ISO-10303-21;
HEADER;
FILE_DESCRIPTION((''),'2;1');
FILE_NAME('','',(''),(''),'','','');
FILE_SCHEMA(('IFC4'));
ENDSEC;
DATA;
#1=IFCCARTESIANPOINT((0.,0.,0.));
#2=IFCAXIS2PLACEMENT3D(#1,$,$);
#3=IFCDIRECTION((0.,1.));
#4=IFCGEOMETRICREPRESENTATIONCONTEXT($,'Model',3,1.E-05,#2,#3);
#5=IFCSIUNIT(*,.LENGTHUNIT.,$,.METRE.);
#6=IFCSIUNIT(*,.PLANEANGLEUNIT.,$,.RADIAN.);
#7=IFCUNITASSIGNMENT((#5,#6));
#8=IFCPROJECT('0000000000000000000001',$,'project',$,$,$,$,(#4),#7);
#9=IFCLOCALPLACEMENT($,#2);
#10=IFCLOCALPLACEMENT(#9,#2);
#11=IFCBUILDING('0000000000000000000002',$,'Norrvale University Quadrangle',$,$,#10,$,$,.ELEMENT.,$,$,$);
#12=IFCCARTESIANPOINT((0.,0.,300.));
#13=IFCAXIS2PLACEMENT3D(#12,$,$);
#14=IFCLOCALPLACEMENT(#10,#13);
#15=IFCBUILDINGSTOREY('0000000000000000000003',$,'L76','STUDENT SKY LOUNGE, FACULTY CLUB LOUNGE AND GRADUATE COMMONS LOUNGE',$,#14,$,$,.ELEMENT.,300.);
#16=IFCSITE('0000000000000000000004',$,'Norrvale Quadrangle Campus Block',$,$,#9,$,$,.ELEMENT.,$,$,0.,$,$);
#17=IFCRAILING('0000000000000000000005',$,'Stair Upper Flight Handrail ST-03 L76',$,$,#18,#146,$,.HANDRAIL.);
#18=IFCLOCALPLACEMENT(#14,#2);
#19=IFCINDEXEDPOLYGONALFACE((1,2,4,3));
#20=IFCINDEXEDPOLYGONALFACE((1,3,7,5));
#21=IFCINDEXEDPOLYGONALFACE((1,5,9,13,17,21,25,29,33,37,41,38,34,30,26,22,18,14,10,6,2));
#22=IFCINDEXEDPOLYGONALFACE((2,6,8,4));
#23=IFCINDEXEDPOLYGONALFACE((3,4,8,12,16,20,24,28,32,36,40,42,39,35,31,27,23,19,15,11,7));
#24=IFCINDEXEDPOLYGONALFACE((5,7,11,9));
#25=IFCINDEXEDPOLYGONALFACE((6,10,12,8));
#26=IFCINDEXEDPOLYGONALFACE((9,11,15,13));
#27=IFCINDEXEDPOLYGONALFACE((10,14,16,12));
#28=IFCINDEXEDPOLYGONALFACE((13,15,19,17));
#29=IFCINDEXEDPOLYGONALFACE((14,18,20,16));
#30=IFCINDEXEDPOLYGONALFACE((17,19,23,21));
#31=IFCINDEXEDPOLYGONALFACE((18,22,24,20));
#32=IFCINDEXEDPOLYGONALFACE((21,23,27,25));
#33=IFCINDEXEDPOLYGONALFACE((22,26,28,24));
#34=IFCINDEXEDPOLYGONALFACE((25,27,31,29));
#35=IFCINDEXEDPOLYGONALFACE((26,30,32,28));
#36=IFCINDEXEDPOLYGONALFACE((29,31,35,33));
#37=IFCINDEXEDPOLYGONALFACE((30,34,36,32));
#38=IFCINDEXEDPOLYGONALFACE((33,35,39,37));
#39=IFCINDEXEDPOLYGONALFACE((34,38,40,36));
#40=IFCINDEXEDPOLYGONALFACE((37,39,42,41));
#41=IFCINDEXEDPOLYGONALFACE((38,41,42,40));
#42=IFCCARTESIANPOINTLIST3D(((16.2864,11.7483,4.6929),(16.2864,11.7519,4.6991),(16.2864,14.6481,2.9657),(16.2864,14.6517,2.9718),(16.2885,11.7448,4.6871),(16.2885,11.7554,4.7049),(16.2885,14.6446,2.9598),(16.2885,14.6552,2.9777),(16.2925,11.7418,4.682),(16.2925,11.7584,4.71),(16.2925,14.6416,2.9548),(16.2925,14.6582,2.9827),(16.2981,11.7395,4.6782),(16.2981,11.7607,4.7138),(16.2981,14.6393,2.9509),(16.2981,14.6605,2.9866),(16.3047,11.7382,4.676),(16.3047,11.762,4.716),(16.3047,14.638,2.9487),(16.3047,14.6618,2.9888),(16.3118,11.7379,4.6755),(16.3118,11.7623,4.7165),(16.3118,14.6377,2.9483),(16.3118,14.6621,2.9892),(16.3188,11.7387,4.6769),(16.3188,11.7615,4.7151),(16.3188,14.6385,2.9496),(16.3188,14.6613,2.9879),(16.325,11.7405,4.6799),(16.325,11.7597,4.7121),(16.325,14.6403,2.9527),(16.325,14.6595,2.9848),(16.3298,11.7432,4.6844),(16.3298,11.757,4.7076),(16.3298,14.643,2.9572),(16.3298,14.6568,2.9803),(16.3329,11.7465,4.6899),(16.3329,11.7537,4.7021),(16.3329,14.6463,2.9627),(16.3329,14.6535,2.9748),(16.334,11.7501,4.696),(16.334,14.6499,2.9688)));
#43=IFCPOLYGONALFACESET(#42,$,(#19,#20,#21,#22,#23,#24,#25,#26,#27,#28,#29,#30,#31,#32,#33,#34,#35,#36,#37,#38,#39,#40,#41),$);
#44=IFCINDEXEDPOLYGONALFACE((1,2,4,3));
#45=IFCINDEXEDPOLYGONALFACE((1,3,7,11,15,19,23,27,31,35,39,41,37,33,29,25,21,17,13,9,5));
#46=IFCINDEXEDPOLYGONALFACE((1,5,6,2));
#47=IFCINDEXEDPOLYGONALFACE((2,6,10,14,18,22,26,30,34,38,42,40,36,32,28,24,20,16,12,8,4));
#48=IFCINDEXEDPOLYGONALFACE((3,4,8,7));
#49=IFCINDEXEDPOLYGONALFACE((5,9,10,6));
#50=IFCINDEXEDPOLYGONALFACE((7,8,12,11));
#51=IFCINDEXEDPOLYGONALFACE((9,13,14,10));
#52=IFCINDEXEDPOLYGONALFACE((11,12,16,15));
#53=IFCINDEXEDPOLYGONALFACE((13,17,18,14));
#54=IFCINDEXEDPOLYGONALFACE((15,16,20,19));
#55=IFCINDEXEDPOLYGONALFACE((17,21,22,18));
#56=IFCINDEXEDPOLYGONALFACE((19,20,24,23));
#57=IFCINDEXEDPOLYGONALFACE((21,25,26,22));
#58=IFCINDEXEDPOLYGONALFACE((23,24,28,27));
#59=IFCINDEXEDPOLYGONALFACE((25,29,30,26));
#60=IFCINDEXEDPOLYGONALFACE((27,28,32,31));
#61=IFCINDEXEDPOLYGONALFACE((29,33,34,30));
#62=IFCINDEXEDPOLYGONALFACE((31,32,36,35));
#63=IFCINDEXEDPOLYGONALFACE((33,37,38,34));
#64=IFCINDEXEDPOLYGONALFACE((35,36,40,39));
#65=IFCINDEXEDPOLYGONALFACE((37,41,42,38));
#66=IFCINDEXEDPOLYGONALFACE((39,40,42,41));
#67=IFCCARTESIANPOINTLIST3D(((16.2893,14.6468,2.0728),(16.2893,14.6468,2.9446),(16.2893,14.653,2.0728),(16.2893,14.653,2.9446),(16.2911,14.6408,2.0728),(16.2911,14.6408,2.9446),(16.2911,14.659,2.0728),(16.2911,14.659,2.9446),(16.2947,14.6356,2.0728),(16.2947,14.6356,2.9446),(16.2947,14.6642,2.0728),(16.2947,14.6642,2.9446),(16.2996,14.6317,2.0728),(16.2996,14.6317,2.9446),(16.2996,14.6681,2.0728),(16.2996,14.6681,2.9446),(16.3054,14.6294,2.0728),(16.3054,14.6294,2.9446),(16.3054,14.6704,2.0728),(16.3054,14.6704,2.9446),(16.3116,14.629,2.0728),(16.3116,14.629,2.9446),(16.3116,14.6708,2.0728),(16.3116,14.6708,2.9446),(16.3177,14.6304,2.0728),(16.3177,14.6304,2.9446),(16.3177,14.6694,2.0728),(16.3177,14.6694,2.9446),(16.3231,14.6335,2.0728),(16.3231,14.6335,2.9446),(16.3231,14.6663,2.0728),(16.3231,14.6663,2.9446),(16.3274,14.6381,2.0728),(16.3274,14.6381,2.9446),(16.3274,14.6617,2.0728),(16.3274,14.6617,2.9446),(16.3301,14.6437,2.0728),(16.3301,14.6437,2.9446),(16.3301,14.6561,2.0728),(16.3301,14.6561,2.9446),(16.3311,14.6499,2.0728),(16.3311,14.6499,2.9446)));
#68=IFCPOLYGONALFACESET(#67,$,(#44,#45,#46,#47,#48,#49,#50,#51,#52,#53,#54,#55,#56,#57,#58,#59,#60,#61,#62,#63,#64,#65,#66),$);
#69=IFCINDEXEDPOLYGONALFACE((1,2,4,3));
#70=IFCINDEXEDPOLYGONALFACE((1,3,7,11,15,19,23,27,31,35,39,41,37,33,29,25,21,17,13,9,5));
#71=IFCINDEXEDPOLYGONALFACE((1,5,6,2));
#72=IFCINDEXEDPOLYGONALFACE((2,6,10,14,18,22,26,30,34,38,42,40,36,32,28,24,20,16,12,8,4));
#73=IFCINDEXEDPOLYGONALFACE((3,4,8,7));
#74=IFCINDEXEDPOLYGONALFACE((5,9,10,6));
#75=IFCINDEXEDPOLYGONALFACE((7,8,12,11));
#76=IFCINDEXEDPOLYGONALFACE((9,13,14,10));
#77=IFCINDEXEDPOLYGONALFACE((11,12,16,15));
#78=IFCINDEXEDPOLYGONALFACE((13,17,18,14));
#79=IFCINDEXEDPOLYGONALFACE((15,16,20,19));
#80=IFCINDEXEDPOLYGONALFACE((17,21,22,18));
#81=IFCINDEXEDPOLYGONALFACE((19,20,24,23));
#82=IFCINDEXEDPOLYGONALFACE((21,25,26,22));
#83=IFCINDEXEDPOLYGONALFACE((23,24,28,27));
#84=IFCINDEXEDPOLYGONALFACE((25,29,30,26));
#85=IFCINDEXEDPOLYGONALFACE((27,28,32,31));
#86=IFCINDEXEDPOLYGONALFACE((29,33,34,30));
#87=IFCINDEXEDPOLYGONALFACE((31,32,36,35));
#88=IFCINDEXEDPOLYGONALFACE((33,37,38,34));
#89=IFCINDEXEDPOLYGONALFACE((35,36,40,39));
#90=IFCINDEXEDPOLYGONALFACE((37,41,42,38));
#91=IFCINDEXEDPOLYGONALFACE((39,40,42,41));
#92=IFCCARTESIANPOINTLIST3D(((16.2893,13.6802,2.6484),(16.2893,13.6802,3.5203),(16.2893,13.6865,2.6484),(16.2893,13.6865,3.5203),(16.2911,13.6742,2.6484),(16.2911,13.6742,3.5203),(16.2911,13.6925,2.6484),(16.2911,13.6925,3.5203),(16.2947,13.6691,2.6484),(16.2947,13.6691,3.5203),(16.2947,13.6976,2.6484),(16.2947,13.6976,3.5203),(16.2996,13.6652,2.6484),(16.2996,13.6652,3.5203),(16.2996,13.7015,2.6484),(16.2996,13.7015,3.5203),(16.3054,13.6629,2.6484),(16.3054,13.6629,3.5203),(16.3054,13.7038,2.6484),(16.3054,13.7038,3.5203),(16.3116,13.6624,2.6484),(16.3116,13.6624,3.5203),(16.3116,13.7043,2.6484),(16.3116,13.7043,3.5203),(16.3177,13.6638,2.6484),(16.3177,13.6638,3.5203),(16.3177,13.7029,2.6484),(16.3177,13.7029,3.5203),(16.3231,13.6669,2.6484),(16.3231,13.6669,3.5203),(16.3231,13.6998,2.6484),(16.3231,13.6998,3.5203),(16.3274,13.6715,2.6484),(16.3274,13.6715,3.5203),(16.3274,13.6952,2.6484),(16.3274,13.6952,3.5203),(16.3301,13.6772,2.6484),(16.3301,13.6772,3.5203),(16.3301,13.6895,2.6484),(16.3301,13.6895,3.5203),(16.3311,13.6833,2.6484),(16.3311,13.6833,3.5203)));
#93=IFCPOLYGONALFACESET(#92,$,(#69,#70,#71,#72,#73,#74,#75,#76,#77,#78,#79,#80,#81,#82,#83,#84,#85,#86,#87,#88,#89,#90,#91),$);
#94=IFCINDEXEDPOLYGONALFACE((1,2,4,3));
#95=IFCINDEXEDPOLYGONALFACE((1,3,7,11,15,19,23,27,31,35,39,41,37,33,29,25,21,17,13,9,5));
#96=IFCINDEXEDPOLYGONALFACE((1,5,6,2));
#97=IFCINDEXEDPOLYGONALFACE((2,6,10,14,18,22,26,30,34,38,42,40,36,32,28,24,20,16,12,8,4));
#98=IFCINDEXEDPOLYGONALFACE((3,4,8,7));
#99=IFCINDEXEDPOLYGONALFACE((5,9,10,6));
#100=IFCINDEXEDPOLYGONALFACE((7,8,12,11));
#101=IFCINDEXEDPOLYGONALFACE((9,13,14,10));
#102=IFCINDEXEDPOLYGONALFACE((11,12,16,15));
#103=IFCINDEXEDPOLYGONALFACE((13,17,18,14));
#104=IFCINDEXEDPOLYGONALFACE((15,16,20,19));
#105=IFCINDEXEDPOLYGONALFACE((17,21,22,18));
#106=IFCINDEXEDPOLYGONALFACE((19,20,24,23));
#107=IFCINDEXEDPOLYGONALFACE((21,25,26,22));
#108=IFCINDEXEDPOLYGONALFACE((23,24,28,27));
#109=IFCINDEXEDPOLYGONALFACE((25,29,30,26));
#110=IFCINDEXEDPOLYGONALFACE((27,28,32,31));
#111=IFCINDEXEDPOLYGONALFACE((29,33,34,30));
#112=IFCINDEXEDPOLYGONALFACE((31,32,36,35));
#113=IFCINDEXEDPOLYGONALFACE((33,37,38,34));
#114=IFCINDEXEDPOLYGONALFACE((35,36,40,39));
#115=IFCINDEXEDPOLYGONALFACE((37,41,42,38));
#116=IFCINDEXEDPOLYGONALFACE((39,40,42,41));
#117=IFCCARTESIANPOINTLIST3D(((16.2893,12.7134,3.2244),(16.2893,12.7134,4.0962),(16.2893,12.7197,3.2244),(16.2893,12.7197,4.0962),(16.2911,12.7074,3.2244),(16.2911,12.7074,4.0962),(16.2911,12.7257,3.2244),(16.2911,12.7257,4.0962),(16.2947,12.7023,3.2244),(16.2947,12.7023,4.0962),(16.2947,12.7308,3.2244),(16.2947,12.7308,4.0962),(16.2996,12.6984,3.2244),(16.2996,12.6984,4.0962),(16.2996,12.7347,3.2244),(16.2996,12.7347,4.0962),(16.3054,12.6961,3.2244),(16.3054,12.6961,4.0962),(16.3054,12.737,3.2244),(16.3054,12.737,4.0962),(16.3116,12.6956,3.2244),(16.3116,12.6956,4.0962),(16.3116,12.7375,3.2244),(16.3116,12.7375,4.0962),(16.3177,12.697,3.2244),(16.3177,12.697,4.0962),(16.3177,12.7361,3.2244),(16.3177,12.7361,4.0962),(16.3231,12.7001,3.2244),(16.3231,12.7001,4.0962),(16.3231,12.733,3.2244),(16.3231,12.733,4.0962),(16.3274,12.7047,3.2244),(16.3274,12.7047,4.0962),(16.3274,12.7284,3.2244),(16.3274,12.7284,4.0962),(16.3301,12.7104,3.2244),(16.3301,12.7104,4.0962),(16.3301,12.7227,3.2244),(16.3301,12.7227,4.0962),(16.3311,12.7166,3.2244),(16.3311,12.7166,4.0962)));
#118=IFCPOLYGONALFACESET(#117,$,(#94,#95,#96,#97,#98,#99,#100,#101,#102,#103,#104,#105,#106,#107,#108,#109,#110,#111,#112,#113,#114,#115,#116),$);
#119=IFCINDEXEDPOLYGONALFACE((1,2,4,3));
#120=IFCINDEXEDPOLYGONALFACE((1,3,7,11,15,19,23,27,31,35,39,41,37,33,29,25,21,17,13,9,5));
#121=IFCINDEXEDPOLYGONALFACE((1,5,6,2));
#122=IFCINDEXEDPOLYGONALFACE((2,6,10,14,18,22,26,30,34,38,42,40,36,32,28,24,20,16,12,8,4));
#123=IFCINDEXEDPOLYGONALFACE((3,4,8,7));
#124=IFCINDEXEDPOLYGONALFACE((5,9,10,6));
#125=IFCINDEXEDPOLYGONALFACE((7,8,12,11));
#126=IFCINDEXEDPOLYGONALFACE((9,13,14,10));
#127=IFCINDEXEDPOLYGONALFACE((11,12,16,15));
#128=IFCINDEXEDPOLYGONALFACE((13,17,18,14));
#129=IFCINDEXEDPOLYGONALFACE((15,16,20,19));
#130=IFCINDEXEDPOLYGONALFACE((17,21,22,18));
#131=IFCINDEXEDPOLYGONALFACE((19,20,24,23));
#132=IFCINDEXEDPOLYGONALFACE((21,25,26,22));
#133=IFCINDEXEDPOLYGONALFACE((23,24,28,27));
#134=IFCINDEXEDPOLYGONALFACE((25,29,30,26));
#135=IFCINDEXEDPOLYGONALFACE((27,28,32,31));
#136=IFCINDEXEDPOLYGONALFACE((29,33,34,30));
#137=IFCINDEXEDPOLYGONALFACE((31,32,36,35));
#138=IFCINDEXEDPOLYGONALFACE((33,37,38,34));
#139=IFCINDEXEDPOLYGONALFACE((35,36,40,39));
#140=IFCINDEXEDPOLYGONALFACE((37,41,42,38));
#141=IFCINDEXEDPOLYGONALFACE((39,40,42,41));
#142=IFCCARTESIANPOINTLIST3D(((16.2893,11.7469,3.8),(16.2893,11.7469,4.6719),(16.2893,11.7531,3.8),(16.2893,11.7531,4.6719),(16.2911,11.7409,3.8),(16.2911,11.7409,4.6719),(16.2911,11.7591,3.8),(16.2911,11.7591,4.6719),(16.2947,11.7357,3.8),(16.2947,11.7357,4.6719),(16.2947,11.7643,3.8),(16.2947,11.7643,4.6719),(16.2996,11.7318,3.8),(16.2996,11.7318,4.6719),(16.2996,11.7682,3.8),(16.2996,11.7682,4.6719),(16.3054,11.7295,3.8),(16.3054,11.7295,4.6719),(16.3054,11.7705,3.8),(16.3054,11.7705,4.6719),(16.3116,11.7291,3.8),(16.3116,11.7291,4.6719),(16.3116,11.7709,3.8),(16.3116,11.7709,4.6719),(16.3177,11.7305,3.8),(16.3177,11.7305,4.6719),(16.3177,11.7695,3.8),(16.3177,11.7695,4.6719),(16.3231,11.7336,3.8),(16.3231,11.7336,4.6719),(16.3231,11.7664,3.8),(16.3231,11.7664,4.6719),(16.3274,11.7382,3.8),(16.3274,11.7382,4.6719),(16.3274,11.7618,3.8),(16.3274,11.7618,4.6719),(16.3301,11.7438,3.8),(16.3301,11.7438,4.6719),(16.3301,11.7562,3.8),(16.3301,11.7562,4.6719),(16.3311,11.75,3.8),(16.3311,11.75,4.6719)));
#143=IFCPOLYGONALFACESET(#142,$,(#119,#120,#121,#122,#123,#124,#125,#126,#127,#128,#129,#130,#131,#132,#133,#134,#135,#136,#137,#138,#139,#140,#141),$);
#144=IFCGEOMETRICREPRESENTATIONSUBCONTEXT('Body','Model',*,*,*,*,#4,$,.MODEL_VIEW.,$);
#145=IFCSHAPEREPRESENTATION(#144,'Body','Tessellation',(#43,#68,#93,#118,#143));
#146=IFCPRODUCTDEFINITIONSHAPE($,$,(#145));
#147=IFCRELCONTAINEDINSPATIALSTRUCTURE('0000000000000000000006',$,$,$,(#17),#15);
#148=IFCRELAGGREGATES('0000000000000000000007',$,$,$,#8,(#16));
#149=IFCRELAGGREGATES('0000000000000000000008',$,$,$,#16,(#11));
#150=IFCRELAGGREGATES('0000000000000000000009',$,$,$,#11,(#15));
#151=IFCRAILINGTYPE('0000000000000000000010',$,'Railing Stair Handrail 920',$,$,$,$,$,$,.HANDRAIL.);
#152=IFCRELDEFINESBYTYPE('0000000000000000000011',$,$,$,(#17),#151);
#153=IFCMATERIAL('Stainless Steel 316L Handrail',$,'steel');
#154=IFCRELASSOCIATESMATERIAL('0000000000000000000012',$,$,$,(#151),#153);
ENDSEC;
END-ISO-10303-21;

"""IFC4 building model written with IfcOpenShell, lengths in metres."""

from ifc_helpers import new_model, si_unit, direction, frame, origin, origin_2d, place, context, subcontext, project, spatial, circle, extrude, material, type_object, element, save


model = new_model("IFC4")

# Units and contexts
model_context = context("Model", 3, precision=1e-05, world=origin(), true_north=direction((0.0, 1.0)))
body_context = subcontext(model_context, "Body", "Model", "MODEL_VIEW")
ifc_project = project(units=[si_unit("LENGTHUNIT", "METRE"), si_unit("PLANEANGLEUNIT", "RADIAN")], contexts=[model_context])

# Site, building, storey
site_placement = place(None, origin())
site = spatial("IfcSite", under=ifc_project, at=site_placement, Name="Norrvale Quadrangle Campus Block", CompositionType="ELEMENT", RefElevation=0.0)
building_placement = place(site_placement, origin())
building = spatial("IfcBuilding", under=site, at=building_placement, Name="Norrvale University Quadrangle", CompositionType="ELEMENT")
storey_placement = place(building_placement, frame((0.0, 0.0, 300.0)))
storey = spatial("IfcBuildingStorey", under=building, at=storey_placement, Name="L76", Description="STUDENT SKY LOUNGE, FACULTY CLUB LOUNGE AND GRADUATE COMMONS LOUNGE", CompositionType="ELEMENT", Elevation=300.0)

# Railing
ifc_material_1 = material(Name="Stainless Steel 316L Handrail", Category="steel")
railing_type_1 = type_object("IfcRailingType", Name="Railing Stair Handrail 920", PredefinedType="HANDRAIL", material=ifc_material_1)
railing_1_placement = place(storey_placement, frame((16.3101, 14.6499, 2.0728)))
element("IfcRailing", 1, at=railing_1_placement, inside=storey, type_object=railing_type_1, Name="Stair Upper Flight Handrail ST-03 L76", PredefinedType="HANDRAIL", context=body_context, shape_type="SweptSolid", body=[
    extrude(circle(Radius=0.0239, at=origin_2d()), frame((0.0, 0.0, 0.896), z_axis=(0.0, -0.859141, 0.511738), x_axis=(1.0, 0.0, 0.0)), (0.0, 0.0, 1.0), 3.3752),
    extrude(circle(Radius=0.021, at=origin_2d()), origin(), (0.0, 0.0, 1.0), 0.8718),
    extrude(circle(Radius=0.021, at=origin_2d()), frame((0.0, -0.9666, 0.5757)), (0.0, 0.0, 1.0), 0.8718),
    extrude(circle(Radius=0.021, at=origin_2d()), frame((0.0, -1.9333, 1.1516)), (0.0, 0.0, 1.0), 0.8718),
    extrude(circle(Radius=0.021, at=origin_2d()), frame((0.0, -2.8999, 1.7273)), (0.0, 0.0, 1.0), 0.8718),
])

save(model, "model.ifc")
